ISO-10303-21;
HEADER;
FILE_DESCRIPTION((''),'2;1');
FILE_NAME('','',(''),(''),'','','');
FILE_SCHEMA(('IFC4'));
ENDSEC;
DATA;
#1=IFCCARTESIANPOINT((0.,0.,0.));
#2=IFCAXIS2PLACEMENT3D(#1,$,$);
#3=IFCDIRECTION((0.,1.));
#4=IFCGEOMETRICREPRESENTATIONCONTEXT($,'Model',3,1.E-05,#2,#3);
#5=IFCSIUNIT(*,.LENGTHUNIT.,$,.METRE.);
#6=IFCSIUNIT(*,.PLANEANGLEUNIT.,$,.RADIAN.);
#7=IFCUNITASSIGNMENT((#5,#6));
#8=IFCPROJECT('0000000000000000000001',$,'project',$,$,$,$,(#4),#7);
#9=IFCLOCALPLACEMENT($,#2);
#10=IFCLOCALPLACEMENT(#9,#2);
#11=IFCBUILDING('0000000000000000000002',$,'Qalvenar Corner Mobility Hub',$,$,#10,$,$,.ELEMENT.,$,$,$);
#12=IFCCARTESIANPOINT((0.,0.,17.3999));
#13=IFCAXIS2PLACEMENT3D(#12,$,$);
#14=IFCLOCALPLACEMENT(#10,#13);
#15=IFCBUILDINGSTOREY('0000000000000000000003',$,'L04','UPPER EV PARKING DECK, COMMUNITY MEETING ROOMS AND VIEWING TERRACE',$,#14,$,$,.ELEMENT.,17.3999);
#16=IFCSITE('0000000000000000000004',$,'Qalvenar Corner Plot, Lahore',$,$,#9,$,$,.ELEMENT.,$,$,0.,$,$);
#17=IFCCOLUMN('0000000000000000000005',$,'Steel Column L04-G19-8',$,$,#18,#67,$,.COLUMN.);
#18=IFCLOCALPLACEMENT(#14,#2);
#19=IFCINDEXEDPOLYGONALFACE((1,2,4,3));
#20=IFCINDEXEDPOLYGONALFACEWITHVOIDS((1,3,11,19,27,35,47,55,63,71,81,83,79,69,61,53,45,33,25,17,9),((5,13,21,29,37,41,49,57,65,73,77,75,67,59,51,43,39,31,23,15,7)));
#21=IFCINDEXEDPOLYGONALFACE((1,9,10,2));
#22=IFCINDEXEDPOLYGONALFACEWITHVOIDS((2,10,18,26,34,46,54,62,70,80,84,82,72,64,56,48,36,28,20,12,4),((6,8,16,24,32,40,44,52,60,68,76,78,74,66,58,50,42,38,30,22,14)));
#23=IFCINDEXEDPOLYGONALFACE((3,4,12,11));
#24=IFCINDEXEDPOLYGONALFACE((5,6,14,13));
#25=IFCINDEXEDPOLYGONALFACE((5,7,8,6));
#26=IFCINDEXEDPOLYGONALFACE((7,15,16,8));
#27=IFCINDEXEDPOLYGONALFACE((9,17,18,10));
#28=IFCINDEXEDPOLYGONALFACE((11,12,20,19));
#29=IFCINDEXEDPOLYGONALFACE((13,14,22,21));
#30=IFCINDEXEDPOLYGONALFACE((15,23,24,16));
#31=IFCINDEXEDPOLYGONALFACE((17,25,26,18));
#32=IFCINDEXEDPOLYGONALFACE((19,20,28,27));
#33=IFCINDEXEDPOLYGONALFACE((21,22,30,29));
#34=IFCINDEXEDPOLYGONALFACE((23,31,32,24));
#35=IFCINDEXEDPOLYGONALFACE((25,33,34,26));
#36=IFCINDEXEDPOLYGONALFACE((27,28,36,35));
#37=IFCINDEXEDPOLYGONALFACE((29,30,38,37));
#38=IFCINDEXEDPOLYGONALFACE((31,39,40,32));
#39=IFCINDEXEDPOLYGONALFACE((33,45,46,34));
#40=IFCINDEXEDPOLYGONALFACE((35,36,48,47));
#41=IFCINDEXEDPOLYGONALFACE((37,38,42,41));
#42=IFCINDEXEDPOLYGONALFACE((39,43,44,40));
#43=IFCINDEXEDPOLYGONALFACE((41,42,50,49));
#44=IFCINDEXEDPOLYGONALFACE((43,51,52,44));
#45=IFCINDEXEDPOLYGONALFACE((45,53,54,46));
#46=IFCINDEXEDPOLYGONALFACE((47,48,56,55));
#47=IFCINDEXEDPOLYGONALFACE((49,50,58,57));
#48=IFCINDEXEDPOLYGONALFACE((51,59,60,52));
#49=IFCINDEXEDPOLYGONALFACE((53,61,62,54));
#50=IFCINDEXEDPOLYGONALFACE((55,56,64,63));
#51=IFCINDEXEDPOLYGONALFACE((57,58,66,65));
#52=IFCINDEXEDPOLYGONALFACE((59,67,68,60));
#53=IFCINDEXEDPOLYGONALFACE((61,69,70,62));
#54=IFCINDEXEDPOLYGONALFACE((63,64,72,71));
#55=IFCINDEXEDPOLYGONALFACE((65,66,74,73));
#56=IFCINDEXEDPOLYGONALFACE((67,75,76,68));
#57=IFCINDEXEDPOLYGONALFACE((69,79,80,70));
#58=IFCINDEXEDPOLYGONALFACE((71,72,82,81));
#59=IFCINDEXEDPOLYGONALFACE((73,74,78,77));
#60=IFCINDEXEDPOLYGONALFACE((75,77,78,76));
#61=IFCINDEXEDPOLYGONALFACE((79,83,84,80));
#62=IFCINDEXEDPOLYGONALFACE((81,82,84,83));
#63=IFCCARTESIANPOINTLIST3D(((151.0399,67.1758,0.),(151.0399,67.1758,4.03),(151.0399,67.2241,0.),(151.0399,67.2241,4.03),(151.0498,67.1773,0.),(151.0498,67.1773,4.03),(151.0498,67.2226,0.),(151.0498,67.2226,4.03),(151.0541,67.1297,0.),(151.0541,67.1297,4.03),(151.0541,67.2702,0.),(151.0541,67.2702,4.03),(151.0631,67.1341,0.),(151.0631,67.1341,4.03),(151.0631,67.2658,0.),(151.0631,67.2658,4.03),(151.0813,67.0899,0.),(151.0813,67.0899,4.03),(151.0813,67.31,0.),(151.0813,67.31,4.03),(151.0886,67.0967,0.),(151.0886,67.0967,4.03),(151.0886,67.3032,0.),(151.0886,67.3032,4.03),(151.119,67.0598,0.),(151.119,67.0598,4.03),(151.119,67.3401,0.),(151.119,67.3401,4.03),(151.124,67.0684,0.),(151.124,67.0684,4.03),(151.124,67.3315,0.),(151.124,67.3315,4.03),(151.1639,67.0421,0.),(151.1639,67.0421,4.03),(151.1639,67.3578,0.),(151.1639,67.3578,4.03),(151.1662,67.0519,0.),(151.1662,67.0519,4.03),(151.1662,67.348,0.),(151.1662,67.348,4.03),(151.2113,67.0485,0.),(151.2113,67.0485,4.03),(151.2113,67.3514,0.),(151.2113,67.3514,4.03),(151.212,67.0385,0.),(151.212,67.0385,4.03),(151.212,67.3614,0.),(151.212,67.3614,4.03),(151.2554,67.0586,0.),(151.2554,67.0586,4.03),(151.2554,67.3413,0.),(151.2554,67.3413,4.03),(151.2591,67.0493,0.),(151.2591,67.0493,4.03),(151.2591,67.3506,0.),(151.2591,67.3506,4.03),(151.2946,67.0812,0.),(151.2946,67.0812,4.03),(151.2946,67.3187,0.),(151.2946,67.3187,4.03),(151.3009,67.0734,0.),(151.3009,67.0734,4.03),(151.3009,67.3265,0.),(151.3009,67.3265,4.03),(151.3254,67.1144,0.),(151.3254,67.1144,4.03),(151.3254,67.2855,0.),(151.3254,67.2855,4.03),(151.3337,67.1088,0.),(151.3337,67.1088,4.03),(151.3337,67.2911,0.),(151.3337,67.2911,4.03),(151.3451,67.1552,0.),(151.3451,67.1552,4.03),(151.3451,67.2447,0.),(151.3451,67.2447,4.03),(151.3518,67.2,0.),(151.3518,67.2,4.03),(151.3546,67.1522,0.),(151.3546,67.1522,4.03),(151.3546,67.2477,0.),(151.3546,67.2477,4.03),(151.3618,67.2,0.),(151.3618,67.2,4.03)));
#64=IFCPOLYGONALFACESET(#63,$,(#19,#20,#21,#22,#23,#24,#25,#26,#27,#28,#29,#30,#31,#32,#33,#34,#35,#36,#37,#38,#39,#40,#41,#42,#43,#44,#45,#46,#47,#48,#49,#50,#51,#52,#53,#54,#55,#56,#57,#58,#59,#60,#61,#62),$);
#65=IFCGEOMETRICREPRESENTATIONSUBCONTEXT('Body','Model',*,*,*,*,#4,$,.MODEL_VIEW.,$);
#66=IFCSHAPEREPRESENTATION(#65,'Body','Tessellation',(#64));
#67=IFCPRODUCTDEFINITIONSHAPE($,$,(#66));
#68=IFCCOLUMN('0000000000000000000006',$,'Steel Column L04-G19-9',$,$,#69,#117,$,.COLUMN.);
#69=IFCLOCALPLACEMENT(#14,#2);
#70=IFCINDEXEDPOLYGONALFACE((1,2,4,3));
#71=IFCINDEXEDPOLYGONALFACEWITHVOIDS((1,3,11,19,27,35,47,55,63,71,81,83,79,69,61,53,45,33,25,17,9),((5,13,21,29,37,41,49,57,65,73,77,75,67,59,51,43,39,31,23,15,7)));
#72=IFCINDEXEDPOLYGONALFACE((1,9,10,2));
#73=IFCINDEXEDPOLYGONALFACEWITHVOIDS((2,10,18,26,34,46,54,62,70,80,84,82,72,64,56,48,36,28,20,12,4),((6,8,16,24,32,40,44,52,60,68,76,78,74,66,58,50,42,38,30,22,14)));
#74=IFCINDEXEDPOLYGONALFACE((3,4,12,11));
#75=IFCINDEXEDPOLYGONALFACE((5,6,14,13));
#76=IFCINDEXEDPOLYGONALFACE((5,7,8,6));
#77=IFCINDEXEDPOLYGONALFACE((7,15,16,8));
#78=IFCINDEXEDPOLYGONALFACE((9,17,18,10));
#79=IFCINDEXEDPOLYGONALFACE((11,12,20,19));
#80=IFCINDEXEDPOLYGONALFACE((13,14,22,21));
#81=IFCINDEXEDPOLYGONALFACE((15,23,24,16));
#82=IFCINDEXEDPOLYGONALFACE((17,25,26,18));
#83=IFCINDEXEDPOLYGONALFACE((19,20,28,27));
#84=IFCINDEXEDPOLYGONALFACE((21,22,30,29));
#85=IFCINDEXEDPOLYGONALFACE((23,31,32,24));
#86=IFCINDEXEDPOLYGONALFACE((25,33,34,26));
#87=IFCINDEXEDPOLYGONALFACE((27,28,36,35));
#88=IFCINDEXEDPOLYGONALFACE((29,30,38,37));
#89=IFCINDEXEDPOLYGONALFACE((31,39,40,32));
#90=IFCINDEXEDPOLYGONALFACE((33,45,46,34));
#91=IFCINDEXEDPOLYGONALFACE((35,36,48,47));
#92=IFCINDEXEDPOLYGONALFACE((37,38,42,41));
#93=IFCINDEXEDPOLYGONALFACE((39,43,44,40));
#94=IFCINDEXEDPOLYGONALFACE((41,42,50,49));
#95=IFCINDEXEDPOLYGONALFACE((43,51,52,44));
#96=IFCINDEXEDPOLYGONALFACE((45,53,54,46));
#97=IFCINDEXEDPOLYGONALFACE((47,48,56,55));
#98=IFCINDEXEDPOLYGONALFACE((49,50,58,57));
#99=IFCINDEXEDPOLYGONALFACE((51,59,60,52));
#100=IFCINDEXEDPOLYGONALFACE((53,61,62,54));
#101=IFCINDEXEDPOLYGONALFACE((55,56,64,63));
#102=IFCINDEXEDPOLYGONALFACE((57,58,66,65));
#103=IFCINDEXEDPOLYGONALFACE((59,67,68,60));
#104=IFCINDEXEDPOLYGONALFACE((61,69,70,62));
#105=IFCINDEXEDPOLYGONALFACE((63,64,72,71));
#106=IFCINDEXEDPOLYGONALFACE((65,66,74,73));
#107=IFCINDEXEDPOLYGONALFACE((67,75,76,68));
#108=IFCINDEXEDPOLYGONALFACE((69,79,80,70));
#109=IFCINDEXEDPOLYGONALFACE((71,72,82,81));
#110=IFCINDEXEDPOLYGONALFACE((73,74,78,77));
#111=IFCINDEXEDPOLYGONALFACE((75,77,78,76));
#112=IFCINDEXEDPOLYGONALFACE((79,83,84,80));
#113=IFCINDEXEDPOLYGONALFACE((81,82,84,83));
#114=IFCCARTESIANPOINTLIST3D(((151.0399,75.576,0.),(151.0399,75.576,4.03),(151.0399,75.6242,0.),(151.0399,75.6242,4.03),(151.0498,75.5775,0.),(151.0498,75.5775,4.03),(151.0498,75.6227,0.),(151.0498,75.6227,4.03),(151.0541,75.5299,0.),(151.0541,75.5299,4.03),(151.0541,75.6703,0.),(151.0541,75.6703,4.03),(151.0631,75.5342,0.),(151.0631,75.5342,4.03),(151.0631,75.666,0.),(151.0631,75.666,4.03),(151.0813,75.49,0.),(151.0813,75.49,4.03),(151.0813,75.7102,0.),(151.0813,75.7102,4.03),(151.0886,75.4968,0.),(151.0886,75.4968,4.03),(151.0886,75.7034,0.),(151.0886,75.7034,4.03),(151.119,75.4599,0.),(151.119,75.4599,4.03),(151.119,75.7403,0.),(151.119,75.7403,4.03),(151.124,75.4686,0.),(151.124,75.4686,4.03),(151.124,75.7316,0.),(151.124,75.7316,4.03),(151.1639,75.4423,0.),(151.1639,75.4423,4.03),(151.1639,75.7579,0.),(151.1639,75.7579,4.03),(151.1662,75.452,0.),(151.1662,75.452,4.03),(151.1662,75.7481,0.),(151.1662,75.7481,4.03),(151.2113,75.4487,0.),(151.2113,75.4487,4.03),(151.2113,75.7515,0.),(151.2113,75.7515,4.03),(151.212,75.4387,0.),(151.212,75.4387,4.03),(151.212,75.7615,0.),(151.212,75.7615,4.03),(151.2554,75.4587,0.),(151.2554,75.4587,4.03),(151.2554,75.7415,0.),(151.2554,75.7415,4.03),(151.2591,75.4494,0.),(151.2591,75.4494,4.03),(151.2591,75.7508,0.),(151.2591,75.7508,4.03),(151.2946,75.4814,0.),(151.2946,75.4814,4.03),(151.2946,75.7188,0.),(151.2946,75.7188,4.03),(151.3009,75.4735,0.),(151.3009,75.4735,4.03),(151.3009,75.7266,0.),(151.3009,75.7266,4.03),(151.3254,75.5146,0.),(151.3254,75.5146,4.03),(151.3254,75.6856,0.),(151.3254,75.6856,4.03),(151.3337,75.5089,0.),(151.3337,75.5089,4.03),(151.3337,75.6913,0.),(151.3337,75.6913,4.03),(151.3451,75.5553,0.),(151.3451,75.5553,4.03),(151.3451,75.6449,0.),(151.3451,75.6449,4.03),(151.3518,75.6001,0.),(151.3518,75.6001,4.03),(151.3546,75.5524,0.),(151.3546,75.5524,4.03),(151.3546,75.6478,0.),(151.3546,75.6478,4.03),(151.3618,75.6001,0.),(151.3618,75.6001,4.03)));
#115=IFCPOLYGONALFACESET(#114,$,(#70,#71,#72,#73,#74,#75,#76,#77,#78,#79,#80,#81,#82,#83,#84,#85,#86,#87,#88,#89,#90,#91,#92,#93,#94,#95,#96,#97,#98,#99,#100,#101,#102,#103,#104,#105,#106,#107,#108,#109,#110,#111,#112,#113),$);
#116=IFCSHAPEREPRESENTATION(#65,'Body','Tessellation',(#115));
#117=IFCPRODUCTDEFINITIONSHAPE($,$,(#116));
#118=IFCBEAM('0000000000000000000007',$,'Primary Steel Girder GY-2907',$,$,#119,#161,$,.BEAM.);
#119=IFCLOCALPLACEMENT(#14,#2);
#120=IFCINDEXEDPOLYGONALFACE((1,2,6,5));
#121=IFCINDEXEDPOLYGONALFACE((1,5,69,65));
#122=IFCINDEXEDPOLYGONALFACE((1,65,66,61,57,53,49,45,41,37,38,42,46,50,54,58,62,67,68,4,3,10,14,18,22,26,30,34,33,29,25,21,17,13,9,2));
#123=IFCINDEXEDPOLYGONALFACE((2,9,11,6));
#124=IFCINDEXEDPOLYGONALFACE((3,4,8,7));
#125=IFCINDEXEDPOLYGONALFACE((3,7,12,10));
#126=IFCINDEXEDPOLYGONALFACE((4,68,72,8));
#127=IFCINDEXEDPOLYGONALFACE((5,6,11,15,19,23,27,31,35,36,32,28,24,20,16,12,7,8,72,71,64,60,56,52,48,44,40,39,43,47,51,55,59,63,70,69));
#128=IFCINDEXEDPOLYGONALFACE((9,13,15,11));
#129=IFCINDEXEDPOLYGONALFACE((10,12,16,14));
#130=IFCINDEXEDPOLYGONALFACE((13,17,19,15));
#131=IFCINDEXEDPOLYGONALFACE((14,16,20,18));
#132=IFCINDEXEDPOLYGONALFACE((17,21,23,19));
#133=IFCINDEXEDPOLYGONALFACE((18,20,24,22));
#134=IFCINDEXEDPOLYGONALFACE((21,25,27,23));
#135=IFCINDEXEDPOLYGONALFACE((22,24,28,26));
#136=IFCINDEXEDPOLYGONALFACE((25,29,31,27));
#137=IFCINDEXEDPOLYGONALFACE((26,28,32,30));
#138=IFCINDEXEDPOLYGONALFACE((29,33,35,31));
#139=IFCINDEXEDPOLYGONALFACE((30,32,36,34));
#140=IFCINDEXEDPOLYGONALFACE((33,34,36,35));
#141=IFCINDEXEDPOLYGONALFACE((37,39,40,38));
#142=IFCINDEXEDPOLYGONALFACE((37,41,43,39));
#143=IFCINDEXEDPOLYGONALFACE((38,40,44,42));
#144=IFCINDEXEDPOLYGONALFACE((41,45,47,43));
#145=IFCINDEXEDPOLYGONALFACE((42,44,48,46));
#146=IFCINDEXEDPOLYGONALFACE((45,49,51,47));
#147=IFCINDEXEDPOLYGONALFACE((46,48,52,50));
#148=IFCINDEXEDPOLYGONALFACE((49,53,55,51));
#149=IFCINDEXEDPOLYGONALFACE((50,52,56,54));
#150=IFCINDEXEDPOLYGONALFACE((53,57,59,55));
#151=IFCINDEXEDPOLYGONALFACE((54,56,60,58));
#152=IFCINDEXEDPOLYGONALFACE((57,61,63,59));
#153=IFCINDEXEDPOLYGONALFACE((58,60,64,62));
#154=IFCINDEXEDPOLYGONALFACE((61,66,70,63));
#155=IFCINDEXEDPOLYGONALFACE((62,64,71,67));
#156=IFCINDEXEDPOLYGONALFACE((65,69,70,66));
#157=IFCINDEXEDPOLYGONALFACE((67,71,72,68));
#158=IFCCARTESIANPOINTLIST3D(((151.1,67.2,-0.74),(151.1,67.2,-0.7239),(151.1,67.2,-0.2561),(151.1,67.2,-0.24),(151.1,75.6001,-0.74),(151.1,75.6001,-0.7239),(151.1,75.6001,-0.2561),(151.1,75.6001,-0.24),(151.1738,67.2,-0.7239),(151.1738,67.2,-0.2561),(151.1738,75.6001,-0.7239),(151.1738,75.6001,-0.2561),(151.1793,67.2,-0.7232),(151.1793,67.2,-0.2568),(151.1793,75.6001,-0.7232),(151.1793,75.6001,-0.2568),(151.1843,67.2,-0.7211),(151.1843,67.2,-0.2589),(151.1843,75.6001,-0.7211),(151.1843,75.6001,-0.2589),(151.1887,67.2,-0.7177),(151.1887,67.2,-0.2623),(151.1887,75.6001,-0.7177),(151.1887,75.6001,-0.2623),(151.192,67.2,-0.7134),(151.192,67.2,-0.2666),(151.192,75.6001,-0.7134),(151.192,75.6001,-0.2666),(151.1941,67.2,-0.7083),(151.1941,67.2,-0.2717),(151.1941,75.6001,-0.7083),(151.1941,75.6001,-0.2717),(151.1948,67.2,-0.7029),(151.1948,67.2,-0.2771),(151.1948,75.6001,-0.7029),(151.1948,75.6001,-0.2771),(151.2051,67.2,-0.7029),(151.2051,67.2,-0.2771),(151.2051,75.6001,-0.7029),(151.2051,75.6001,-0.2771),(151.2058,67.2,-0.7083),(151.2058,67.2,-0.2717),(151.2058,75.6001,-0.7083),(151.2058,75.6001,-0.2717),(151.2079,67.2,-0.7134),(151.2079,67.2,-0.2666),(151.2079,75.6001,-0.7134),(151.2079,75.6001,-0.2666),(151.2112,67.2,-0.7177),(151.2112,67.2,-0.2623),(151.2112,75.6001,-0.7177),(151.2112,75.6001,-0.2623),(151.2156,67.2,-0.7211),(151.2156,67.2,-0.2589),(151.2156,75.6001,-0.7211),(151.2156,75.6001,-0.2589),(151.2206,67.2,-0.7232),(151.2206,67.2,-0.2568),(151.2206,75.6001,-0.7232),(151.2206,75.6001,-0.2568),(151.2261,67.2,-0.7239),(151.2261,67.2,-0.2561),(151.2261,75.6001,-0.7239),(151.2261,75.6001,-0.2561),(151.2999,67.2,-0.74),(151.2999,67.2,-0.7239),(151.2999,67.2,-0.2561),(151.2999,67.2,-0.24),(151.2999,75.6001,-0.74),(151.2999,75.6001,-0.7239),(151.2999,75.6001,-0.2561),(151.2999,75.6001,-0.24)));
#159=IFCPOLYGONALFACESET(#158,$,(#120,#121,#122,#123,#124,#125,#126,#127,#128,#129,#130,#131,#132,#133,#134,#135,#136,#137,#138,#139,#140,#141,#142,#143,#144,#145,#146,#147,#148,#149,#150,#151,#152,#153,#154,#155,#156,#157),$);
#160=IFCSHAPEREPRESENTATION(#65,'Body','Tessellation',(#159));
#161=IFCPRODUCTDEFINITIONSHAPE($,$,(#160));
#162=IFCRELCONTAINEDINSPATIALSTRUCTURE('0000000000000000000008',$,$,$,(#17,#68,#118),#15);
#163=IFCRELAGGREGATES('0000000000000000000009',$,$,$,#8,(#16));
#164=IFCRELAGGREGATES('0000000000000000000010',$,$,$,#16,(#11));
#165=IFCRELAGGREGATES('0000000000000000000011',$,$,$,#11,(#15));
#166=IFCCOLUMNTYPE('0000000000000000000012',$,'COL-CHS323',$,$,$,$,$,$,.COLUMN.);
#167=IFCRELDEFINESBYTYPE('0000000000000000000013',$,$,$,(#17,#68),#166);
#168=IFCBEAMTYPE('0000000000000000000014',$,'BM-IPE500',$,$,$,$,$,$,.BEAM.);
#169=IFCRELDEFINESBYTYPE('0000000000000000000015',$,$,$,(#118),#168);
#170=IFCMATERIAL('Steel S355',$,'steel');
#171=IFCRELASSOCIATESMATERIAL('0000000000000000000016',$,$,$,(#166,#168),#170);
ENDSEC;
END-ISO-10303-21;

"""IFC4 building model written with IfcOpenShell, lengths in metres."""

from ifc_helpers import new_model, si_unit, direction, frame, origin, origin_2d, place, context, subcontext, project, spatial, hollow_circle, i_section, extrude, material, material_profile, profile_set, type_object, element, save


model = new_model("IFC4")

# Units and contexts
model_context = context("Model", 3, precision=1e-05, world=origin(), true_north=direction((0.0, 1.0)))
body_context = subcontext(model_context, "Body", "Model", "MODEL_VIEW")
ifc_project = project(units=[si_unit("LENGTHUNIT", "METRE"), si_unit("PLANEANGLEUNIT", "RADIAN")], contexts=[model_context])

# Site, building, storey
site_placement = place(None, origin())
site = spatial("IfcSite", under=ifc_project, at=site_placement, Name="Qalvenar Corner Plot, Lahore", CompositionType="ELEMENT", RefElevation=0.0)
building_placement = place(site_placement, origin())
building = spatial("IfcBuilding", under=site, at=building_placement, Name="Qalvenar Corner Mobility Hub", CompositionType="ELEMENT")
storey_placement = place(building_placement, frame((0.0, 0.0, 17.3999)))
storey = spatial("IfcBuildingStorey", under=building, at=storey_placement, Name="L04", Description="UPPER EV PARKING DECK, COMMUNITY MEETING ROOMS AND VIEWING TERRACE", CompositionType="ELEMENT", Elevation=17.3999)

# Columns
ifc_material_1 = material(Name="Steel S355", Category="steel")
ifc_material_profile_1 = material_profile(ifc_material_1, hollow_circle(Radius=0.1619, WallThickness=0.01, at=origin_2d()), Name="CHS323.9x10")
ifc_profile_set_1 = profile_set([ifc_material_profile_1], Name="Steel S355")
column_type = type_object("IfcColumnType", Name="COL-CHS323", PredefinedType="COLUMN", material=ifc_profile_set_1)
for number, where, z_axis, x_axis, name in (
    (1, (151.2, 67.2, 0.0), (0.0, 0.0, 1.0), (1.0, 0.0, 0.0), "Steel Column L04-G19-8"),
    (2, (151.2, 75.6001, 0.0), (0.0, 0.0, 1.0), (1.0, 0.0, 0.0), "Steel Column L04-G19-9"),
):
    element("IfcColumn", number, at=place(storey_placement, frame(where, z_axis=z_axis, x_axis=x_axis)), inside=storey, type_object=column_type, Name=name, PredefinedType="COLUMN", context=body_context, shape_type="SweptSolid", body=[
        extrude(hollow_circle(Radius=0.1619, WallThickness=0.01, at=origin_2d()), origin(), (0.0, 0.0, 1.0), 4.03),
    ])

# Beam
ifc_material_profile_2 = material_profile(ifc_material_1, i_section(OverallWidth=0.2, OverallDepth=0.5, WebThickness=0.0103, FlangeThickness=0.0161, FilletRadius=0.021, at=origin_2d()), Name="IPE500")
ifc_profile_set_2 = profile_set([ifc_material_profile_2], Name="Steel S355")
beam_type_1 = type_object("IfcBeamType", Name="BM-IPE500", PredefinedType="BEAM", material=ifc_profile_set_2)
beam_1_placement = place(storey_placement, frame((151.2, 67.2, -0.49), z_axis=(0.0, 1.0, 0.0), x_axis=(-1.0, 0.0, 0.0)))
element("IfcBeam", 3, at=beam_1_placement, inside=storey, type_object=beam_type_1, Name="Primary Steel Girder GY-2907", PredefinedType="BEAM", context=body_context, shape_type="SweptSolid", body=[
    extrude(i_section(OverallWidth=0.2, OverallDepth=0.5, WebThickness=0.0103, FlangeThickness=0.0161, FilletRadius=0.021, at=origin_2d()), origin(), (0.0, 0.0, 1.0), 8.4001),
])

save(model, "model.ifc")
